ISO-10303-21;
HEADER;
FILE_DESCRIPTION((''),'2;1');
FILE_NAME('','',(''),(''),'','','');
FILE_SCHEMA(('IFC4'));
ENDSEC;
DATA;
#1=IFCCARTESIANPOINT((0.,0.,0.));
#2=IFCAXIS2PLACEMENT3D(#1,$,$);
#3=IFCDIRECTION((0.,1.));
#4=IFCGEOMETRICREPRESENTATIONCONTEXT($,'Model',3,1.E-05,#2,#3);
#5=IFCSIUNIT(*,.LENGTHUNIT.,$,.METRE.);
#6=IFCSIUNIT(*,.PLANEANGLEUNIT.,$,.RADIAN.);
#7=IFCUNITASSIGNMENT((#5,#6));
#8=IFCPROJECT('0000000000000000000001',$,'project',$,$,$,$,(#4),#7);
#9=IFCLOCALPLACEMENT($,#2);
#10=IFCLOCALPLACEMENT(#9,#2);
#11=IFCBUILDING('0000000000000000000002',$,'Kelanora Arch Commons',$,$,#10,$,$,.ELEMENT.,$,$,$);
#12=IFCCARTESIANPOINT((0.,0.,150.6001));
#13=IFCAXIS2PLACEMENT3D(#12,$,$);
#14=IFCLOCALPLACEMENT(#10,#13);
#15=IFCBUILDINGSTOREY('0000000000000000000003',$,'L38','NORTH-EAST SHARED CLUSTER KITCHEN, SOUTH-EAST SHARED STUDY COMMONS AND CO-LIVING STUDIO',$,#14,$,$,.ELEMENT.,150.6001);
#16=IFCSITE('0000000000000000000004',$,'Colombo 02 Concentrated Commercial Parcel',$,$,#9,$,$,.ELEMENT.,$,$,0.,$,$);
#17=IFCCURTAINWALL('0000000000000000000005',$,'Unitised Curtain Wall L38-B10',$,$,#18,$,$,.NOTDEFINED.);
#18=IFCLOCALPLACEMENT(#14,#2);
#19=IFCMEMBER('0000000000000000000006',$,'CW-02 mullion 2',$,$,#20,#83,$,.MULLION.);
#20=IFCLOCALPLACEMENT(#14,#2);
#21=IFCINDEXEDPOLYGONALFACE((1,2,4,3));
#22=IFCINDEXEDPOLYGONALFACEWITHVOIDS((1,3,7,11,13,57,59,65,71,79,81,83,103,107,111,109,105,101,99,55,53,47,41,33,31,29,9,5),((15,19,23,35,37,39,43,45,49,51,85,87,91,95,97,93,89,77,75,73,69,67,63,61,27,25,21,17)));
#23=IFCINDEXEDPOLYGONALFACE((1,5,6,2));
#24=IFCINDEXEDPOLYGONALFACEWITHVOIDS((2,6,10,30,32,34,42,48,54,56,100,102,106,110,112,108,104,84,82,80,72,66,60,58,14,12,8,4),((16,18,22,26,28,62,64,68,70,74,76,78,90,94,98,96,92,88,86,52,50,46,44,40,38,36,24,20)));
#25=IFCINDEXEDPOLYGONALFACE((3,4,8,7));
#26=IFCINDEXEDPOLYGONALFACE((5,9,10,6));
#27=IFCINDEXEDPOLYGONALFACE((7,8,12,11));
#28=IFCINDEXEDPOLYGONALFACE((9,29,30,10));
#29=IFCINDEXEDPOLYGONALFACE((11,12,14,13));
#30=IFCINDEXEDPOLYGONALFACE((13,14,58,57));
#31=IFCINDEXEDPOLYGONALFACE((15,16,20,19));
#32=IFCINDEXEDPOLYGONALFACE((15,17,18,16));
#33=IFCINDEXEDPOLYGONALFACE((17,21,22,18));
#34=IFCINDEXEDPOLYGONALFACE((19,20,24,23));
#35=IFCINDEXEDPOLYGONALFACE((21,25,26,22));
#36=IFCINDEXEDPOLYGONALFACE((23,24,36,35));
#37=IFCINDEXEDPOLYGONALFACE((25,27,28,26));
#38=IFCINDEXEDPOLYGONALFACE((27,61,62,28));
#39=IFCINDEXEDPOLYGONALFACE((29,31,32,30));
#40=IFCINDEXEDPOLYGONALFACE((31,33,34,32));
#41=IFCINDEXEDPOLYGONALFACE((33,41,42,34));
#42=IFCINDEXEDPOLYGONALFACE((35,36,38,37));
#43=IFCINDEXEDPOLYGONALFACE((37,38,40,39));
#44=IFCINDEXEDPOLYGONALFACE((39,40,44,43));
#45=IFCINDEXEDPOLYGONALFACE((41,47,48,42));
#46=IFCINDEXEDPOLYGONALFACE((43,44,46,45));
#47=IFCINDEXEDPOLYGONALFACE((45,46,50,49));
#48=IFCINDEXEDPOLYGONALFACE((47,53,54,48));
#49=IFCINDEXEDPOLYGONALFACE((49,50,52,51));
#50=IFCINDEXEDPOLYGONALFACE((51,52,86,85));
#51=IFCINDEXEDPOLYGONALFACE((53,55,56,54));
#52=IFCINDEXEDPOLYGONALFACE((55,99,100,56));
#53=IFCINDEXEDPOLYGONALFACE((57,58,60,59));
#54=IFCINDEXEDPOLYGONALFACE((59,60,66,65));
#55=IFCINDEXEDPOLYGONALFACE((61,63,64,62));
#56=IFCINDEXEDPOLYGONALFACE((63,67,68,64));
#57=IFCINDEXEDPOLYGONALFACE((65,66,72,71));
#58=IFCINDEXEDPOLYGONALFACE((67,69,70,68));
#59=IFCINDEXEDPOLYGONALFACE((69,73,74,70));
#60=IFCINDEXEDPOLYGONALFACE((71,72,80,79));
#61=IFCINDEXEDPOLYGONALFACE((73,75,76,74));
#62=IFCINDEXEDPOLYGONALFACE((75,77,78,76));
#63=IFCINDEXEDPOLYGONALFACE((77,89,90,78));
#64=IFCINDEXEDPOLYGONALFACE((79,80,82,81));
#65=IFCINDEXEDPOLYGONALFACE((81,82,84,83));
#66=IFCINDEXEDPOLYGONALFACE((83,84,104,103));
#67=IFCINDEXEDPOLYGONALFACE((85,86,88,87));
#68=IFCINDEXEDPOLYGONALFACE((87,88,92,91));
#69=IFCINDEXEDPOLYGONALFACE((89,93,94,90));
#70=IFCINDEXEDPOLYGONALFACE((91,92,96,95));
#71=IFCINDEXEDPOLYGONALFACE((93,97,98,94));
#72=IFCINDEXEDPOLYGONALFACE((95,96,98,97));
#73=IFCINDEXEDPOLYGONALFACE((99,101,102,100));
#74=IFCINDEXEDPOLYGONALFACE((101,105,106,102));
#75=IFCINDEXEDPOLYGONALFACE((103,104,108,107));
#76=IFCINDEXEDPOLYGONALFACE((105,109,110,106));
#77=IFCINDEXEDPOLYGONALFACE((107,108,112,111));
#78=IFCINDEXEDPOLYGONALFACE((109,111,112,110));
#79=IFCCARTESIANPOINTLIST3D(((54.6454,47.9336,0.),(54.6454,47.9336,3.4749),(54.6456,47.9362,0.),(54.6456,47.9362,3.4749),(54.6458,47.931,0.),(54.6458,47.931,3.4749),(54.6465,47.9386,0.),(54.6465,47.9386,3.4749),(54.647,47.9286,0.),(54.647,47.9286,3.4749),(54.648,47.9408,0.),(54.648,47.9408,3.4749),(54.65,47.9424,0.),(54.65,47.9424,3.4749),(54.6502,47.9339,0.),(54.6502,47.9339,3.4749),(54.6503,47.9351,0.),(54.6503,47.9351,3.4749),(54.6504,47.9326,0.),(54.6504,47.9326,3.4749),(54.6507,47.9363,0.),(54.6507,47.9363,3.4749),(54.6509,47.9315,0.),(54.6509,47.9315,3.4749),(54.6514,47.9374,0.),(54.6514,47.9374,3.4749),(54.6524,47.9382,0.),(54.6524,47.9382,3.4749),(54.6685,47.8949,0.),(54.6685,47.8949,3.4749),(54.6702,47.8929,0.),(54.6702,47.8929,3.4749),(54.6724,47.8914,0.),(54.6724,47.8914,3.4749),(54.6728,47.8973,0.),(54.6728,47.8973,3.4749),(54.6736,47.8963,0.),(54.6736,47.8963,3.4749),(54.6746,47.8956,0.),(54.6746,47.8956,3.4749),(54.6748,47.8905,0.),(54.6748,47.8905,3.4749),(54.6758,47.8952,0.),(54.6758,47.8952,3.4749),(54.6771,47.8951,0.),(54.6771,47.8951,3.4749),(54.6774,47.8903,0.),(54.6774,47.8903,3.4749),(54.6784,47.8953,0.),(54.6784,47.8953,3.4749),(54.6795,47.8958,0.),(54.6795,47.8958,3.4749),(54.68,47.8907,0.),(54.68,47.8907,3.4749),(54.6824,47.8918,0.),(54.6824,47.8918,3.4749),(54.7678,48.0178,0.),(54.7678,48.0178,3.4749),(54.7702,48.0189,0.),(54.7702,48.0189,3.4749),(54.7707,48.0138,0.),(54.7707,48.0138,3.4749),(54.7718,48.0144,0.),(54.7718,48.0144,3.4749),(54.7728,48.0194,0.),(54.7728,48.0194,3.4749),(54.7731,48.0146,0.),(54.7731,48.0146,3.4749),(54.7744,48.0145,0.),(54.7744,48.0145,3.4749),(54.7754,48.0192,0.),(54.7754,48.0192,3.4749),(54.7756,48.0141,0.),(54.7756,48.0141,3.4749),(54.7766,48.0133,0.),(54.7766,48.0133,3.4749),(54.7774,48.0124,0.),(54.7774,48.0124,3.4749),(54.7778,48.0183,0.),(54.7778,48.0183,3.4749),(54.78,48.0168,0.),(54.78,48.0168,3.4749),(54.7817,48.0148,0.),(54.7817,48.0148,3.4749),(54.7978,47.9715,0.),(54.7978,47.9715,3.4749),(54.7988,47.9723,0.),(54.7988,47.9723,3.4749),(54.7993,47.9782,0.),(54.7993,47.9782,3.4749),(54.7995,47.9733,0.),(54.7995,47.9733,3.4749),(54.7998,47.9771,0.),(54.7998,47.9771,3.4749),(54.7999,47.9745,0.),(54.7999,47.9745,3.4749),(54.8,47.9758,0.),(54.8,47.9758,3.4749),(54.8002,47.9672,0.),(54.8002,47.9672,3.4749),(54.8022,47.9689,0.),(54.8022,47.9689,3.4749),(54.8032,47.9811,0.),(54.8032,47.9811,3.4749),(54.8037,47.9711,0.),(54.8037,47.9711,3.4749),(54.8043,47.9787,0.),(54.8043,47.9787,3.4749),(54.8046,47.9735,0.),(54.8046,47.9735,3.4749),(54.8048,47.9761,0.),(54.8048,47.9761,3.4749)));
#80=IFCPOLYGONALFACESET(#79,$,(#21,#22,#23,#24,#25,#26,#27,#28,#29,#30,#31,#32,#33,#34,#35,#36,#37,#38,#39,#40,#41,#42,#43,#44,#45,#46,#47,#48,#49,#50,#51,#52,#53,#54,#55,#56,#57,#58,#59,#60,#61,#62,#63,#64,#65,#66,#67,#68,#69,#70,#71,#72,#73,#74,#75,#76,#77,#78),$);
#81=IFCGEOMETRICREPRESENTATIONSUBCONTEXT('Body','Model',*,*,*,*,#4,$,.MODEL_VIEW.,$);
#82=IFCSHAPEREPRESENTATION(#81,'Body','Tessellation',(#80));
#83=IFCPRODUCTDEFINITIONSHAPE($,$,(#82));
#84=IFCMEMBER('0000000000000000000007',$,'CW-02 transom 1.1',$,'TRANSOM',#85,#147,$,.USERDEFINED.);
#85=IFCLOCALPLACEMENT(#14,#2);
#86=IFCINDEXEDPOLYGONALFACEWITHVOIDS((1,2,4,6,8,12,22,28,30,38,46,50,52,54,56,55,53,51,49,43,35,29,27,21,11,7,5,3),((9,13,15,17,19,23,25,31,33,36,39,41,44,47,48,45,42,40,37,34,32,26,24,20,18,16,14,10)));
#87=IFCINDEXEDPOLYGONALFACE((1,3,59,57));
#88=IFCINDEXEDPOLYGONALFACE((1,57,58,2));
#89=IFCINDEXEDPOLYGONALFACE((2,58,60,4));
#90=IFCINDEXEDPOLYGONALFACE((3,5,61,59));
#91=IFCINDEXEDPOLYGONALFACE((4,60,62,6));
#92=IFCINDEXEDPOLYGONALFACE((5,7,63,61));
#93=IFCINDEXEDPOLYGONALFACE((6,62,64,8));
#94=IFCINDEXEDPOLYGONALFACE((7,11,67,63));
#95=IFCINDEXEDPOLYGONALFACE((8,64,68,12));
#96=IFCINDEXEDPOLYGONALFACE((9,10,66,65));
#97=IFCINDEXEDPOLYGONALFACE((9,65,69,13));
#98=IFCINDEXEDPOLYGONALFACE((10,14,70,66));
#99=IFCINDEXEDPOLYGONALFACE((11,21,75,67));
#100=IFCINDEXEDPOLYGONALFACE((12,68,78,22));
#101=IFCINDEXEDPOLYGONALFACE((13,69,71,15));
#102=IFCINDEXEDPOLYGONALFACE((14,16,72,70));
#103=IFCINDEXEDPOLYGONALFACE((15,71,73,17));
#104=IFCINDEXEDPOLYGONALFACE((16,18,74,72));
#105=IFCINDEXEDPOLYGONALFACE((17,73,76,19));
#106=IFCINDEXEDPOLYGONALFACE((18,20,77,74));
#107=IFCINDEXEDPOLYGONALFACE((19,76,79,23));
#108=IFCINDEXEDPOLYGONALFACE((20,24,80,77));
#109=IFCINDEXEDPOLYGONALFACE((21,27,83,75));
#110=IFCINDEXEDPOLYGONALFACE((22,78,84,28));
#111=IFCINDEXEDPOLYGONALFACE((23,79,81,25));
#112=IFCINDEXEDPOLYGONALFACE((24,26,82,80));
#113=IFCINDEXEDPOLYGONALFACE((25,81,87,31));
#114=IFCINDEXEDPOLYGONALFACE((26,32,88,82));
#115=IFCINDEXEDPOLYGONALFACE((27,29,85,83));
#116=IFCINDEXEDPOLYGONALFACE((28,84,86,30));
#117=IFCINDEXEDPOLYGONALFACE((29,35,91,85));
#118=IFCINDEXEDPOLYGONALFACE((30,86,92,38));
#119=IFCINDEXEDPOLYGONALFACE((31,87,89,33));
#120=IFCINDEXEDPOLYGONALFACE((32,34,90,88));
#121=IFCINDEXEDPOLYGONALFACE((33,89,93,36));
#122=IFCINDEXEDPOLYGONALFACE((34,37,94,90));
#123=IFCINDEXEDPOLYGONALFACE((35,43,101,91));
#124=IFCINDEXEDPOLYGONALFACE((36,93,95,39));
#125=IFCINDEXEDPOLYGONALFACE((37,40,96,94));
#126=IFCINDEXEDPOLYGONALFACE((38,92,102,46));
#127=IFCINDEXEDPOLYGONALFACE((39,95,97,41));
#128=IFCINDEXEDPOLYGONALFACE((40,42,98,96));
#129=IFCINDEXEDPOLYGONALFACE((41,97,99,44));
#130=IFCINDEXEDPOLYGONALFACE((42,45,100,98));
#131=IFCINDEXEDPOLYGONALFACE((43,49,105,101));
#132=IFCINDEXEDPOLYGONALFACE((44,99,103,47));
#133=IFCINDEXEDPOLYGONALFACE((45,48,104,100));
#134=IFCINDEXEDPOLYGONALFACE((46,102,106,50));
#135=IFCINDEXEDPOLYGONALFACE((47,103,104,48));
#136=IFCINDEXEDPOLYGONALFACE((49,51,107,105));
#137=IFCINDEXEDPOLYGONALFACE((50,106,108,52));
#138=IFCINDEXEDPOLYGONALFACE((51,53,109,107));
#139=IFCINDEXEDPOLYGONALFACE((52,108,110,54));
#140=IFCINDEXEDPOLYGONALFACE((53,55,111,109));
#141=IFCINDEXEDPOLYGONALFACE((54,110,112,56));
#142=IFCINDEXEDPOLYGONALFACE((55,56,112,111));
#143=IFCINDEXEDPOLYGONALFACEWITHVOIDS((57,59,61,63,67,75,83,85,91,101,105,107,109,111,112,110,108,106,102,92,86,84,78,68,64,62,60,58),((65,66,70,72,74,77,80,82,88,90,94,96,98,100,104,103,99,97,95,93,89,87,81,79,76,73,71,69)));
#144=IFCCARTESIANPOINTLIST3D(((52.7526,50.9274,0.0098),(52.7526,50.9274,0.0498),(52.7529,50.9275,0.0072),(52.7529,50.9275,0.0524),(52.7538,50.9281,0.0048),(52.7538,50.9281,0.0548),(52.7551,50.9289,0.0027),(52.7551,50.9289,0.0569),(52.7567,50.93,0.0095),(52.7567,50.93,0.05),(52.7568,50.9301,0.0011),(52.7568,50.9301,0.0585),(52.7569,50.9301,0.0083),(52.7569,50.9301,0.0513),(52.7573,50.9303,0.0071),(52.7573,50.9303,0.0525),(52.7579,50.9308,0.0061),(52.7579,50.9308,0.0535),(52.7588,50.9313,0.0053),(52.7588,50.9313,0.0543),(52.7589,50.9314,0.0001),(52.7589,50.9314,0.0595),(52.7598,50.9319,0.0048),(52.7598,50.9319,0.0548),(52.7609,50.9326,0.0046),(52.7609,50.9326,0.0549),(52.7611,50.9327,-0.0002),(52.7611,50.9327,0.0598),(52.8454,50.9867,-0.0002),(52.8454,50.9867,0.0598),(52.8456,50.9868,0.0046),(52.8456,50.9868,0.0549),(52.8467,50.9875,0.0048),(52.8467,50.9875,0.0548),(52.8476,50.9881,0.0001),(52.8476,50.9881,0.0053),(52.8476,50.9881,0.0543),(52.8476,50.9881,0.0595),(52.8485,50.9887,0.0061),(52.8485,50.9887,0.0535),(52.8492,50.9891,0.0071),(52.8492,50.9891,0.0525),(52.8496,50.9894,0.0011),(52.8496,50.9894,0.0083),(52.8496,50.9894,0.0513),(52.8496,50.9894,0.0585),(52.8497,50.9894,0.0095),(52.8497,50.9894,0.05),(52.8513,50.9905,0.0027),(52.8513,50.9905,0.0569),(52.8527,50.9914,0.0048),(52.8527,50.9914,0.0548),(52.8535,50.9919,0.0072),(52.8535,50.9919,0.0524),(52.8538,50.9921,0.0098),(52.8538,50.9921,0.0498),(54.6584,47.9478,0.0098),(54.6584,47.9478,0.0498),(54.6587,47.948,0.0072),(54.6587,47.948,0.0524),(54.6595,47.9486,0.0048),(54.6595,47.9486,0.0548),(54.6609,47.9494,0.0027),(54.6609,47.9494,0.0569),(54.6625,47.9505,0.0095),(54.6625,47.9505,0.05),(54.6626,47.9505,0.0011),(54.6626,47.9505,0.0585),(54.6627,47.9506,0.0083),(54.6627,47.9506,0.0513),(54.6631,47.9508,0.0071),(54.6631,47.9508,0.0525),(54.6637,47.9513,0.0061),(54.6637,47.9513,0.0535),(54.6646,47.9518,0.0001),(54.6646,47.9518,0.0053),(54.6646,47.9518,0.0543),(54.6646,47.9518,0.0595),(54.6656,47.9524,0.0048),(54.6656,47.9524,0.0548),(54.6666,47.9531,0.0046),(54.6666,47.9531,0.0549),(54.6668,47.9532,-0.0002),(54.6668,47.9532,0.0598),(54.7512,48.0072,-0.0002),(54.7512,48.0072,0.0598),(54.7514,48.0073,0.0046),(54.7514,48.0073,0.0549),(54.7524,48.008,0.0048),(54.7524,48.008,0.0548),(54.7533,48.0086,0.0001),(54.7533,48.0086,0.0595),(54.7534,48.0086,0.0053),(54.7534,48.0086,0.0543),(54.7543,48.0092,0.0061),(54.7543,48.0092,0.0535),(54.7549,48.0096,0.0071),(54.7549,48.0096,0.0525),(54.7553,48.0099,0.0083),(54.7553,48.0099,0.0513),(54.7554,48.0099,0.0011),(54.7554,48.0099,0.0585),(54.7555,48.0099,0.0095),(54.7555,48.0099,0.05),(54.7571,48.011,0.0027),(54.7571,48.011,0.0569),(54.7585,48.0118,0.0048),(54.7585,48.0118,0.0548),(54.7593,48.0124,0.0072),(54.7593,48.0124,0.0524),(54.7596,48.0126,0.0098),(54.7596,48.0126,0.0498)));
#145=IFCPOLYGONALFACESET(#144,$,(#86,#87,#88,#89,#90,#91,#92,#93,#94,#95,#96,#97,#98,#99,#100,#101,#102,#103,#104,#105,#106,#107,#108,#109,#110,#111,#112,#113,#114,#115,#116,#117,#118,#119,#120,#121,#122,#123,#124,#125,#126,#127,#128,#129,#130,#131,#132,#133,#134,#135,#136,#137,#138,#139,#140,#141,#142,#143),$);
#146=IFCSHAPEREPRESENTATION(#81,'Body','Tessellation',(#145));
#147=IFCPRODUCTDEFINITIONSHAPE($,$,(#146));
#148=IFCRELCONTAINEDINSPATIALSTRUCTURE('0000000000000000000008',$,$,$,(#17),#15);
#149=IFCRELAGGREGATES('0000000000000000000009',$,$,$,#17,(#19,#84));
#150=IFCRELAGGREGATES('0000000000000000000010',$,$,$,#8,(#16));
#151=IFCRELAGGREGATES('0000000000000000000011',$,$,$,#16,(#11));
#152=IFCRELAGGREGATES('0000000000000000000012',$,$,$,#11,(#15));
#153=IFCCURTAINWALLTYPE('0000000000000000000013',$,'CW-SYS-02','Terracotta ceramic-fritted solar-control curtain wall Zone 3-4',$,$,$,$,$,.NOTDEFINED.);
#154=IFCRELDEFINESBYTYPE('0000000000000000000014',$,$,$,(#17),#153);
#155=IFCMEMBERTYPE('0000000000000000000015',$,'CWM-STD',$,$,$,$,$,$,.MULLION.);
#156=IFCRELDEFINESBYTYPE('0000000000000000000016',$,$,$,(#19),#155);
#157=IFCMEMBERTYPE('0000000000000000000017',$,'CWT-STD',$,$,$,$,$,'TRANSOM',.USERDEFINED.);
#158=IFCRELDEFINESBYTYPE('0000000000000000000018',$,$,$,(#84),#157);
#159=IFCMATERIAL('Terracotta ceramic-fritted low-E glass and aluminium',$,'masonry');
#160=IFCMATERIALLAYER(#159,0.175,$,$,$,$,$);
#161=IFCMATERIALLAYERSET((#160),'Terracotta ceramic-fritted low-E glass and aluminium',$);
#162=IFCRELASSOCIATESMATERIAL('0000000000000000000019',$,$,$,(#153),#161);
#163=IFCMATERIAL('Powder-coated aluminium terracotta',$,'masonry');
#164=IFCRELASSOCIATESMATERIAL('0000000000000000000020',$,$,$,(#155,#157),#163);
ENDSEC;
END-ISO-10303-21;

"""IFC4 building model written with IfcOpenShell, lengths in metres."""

from ifc_helpers import new_model, si_unit, direction, frame, origin, origin_2d, place, context, subcontext, project, spatial, hollow_rectangle, extrude, material, layer, layer_set, material_profile, profile_set, type_object, element, aggregate, save


model = new_model("IFC4")

# Units and contexts
model_context = context("Model", 3, precision=1e-05, world=origin(), true_north=direction((0.0, 1.0)))
body_context = subcontext(model_context, "Body", "Model", "MODEL_VIEW")
ifc_project = project(units=[si_unit("LENGTHUNIT", "METRE"), si_unit("PLANEANGLEUNIT", "RADIAN")], contexts=[model_context])

# Site, building, storey
site_placement = place(None, origin())
site = spatial("IfcSite", under=ifc_project, at=site_placement, Name="Colombo 02 Concentrated Commercial Parcel", CompositionType="ELEMENT", RefElevation=0.0)
building_placement = place(site_placement, origin())
building = spatial("IfcBuilding", under=site, at=building_placement, Name="Kelanora Arch Commons", CompositionType="ELEMENT")
storey_placement = place(building_placement, frame((0.0, 0.0, 150.6001)))
storey = spatial("IfcBuildingStorey", under=building, at=storey_placement, Name="L38", Description="NORTH-EAST SHARED CLUSTER KITCHEN, SOUTH-EAST SHARED STUDY COMMONS AND CO-LIVING STUDIO", CompositionType="ELEMENT", Elevation=150.6001)

# Shared definitions
ifc_material_1 = material(Name="Terracotta ceramic-fritted low-E glass and aluminium", Category="masonry")
ifc_layer_1 = layer(ifc_material_1, 0.175)
ifc_layer_set_1 = layer_set([ifc_layer_1], Name="Terracotta ceramic-fritted low-E glass and aluminium")
curtain_wall_type = type_object("IfcCurtainWallType", Name="CW-SYS-02", Description="Terracotta ceramic-fritted solar-control curtain wall Zone 3-4", PredefinedType="NOTDEFINED", material=ifc_layer_set_1)
ifc_material_2 = material(Name="Powder-coated aluminium terracotta", Category="masonry")
ifc_material_profile_1 = material_profile(ifc_material_2, hollow_rectangle(XDim=0.1599, YDim=0.0601, WallThickness=0.0049, InnerFilletRadius=0.0049, OuterFilletRadius=0.01, at=origin_2d()), Name="CWM160x60")
ifc_profile_set_1 = profile_set([ifc_material_profile_1], Name="Powder-coated aluminium terracotta")
member_type_1 = type_object("IfcMemberType", Name="CWM-STD", PredefinedType="MULLION", material=ifc_profile_set_1)

# Curtain wall, members
curtain_wall_1_placement = place(storey_placement, origin())
curtain_wall_1 = element("IfcCurtainWall", 1, at=curtain_wall_1_placement, inside=storey, type_object=curtain_wall_type, Name="Unitised Curtain Wall L38-B10", PredefinedType="NOTDEFINED")
member_1_placement = place(storey_placement, frame((54.7251, 47.9548, 0.0), z_axis=(0.0, 0.0, 1.0), x_axis=(0.842423, 0.538817, 0.0)))
member_1 = element("IfcMember", 2, at=member_1_placement, type_object=member_type_1, Name="CW-02 mullion 2", PredefinedType="MULLION", context=body_context, shape_type="SweptSolid", body=[
    extrude(hollow_rectangle(XDim=0.1599, YDim=0.0601, WallThickness=0.0049, InnerFilletRadius=0.0049, OuterFilletRadius=0.01, at=origin_2d()), origin(), (0.0, 0.0, 1.0), 3.4749),
])
ifc_material_profile_2 = material_profile(ifc_material_2, hollow_rectangle(XDim=0.1201, YDim=0.0601, WallThickness=0.0049, InnerFilletRadius=0.0049, OuterFilletRadius=0.01, at=origin_2d()), Name="CWT120x60")
ifc_profile_set_2 = profile_set([ifc_material_profile_2], Name="Powder-coated aluminium terracotta")
member_type_2 = type_object("IfcMemberType", Name="CWT-STD", ElementType="TRANSOM", PredefinedType="USERDEFINED", material=ifc_profile_set_2)
member_2_placement = place(storey_placement, frame((52.8032, 50.9597, 0.0298), z_axis=(0.53883, -0.842414, 0.0), x_axis=(0.842414, 0.53883, 0.0)))
member_2 = element("IfcMember", 3, at=member_2_placement, type_object=member_type_2, Name="CW-02 transom 1.1", ObjectType="TRANSOM", PredefinedType="USERDEFINED", context=body_context, shape_type="SweptSolid", body=[
    extrude(hollow_rectangle(XDim=0.1201, YDim=0.0601, WallThickness=0.0049, InnerFilletRadius=0.0049, OuterFilletRadius=0.01, at=origin_2d()), origin(), (0.0, 0.0, 1.0), 3.5369),
])

aggregate(curtain_wall_1, [member_1, member_2])

save(model, "model.ifc")
